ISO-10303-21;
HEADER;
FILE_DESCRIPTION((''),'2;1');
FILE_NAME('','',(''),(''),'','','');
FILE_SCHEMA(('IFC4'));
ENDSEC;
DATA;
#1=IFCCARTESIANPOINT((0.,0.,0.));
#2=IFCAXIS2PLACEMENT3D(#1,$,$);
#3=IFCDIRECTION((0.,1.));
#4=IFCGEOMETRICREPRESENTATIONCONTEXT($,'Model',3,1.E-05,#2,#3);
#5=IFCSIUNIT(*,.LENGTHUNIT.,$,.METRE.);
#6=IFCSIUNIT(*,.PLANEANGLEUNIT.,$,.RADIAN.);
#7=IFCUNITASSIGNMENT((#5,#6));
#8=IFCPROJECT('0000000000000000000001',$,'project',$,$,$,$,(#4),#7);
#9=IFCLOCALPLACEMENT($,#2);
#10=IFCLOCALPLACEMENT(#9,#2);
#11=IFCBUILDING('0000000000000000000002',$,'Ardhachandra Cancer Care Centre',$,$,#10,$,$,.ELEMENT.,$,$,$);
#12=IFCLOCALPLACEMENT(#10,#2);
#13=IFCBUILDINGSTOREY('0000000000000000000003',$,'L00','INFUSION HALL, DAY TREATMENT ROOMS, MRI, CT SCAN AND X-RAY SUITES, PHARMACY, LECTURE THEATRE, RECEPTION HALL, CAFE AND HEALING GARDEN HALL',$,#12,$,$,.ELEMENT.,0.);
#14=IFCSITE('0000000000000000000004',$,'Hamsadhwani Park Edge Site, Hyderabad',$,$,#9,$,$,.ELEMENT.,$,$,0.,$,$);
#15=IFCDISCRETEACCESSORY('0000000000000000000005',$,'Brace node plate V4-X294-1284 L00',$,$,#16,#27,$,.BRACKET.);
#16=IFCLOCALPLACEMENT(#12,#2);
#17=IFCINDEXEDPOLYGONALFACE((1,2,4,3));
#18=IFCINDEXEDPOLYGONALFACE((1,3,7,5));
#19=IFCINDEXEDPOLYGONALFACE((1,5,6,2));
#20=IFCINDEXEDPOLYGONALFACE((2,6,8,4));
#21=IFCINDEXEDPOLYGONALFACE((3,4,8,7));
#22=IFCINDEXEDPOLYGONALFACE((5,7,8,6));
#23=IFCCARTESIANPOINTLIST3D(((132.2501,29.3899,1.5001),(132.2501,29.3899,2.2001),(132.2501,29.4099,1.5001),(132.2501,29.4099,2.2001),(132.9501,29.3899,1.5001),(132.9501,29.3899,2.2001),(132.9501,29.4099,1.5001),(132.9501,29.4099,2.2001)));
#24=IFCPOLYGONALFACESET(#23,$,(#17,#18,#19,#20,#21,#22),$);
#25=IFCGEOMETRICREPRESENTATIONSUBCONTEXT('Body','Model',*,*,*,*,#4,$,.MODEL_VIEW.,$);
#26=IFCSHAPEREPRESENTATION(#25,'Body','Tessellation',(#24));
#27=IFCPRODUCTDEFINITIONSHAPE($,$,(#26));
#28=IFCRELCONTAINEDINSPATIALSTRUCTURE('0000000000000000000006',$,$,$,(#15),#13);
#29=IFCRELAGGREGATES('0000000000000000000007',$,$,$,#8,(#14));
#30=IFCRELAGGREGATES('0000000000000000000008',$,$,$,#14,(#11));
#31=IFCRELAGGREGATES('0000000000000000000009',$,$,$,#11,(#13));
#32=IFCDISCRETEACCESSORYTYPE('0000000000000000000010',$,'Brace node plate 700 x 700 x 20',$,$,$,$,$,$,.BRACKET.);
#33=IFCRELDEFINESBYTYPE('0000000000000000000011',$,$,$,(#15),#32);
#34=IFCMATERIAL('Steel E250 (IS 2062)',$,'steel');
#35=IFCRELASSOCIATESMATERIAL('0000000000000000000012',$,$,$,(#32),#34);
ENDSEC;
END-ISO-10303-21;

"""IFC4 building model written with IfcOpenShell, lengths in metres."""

from ifc_helpers import new_model, si_unit, direction, frame, origin, origin_2d, place, context, subcontext, project, spatial, rectangle, extrude, material, material_profile, profile_set, type_object, element, save


model = new_model("IFC4")

# Units and contexts
model_context = context("Model", 3, precision=1e-05, world=origin(), true_north=direction((0.0, 1.0)))
body_context = subcontext(model_context, "Body", "Model", "MODEL_VIEW")
ifc_project = project(units=[si_unit("LENGTHUNIT", "METRE"), si_unit("PLANEANGLEUNIT", "RADIAN")], contexts=[model_context])

# Site, building, storey
site_placement = place(None, origin())
site = spatial("IfcSite", under=ifc_project, at=site_placement, Name="Hamsadhwani Park Edge Site, Hyderabad", CompositionType="ELEMENT", RefElevation=0.0)
building_placement = place(site_placement, origin())
building = spatial("IfcBuilding", under=site, at=building_placement, Name="Ardhachandra Cancer Care Centre", CompositionType="ELEMENT")
storey_placement = place(building_placement, origin())
storey = spatial("IfcBuildingStorey", under=building, at=storey_placement, Name="L00", Description="INFUSION HALL, DAY TREATMENT ROOMS, MRI, CT SCAN AND X-RAY SUITES, PHARMACY, LECTURE THEATRE, RECEPTION HALL, CAFE AND HEALING GARDEN HALL", CompositionType="ELEMENT", Elevation=0.0)

# Discrete accessory
ifc_material_1 = material(Name="Steel E250 (IS 2062)", Category="steel")
ifc_material_profile_1 = material_profile(ifc_material_1, rectangle(XDim=0.7, YDim=0.7, at=origin_2d()), Name="PL 700x700x20")
ifc_profile_set_1 = profile_set([ifc_material_profile_1], Name="Steel E250 (IS 2062)")
discrete_accessory_type_1 = type_object("IfcDiscreteAccessoryType", Name="Brace node plate 700 x 700 x 20", PredefinedType="BRACKET", material=ifc_profile_set_1)
discrete_accessory_1_placement = place(storey_placement, frame((132.6001, 29.3899, 1.8501), z_axis=(0.0, 1.0, 0.0), x_axis=(-1.0, 0.0, 0.0)))
element("IfcDiscreteAccessory", 1, at=discrete_accessory_1_placement, inside=storey, type_object=discrete_accessory_type_1, Name="Brace node plate V4-X294-1284 L00", PredefinedType="BRACKET", context=body_context, shape_type="SweptSolid", body=[
    extrude(rectangle(XDim=0.7, YDim=0.7, at=origin_2d()), origin(), (0.0, 0.0, 1.0), 0.02),
])

save(model, "model.ifc")
